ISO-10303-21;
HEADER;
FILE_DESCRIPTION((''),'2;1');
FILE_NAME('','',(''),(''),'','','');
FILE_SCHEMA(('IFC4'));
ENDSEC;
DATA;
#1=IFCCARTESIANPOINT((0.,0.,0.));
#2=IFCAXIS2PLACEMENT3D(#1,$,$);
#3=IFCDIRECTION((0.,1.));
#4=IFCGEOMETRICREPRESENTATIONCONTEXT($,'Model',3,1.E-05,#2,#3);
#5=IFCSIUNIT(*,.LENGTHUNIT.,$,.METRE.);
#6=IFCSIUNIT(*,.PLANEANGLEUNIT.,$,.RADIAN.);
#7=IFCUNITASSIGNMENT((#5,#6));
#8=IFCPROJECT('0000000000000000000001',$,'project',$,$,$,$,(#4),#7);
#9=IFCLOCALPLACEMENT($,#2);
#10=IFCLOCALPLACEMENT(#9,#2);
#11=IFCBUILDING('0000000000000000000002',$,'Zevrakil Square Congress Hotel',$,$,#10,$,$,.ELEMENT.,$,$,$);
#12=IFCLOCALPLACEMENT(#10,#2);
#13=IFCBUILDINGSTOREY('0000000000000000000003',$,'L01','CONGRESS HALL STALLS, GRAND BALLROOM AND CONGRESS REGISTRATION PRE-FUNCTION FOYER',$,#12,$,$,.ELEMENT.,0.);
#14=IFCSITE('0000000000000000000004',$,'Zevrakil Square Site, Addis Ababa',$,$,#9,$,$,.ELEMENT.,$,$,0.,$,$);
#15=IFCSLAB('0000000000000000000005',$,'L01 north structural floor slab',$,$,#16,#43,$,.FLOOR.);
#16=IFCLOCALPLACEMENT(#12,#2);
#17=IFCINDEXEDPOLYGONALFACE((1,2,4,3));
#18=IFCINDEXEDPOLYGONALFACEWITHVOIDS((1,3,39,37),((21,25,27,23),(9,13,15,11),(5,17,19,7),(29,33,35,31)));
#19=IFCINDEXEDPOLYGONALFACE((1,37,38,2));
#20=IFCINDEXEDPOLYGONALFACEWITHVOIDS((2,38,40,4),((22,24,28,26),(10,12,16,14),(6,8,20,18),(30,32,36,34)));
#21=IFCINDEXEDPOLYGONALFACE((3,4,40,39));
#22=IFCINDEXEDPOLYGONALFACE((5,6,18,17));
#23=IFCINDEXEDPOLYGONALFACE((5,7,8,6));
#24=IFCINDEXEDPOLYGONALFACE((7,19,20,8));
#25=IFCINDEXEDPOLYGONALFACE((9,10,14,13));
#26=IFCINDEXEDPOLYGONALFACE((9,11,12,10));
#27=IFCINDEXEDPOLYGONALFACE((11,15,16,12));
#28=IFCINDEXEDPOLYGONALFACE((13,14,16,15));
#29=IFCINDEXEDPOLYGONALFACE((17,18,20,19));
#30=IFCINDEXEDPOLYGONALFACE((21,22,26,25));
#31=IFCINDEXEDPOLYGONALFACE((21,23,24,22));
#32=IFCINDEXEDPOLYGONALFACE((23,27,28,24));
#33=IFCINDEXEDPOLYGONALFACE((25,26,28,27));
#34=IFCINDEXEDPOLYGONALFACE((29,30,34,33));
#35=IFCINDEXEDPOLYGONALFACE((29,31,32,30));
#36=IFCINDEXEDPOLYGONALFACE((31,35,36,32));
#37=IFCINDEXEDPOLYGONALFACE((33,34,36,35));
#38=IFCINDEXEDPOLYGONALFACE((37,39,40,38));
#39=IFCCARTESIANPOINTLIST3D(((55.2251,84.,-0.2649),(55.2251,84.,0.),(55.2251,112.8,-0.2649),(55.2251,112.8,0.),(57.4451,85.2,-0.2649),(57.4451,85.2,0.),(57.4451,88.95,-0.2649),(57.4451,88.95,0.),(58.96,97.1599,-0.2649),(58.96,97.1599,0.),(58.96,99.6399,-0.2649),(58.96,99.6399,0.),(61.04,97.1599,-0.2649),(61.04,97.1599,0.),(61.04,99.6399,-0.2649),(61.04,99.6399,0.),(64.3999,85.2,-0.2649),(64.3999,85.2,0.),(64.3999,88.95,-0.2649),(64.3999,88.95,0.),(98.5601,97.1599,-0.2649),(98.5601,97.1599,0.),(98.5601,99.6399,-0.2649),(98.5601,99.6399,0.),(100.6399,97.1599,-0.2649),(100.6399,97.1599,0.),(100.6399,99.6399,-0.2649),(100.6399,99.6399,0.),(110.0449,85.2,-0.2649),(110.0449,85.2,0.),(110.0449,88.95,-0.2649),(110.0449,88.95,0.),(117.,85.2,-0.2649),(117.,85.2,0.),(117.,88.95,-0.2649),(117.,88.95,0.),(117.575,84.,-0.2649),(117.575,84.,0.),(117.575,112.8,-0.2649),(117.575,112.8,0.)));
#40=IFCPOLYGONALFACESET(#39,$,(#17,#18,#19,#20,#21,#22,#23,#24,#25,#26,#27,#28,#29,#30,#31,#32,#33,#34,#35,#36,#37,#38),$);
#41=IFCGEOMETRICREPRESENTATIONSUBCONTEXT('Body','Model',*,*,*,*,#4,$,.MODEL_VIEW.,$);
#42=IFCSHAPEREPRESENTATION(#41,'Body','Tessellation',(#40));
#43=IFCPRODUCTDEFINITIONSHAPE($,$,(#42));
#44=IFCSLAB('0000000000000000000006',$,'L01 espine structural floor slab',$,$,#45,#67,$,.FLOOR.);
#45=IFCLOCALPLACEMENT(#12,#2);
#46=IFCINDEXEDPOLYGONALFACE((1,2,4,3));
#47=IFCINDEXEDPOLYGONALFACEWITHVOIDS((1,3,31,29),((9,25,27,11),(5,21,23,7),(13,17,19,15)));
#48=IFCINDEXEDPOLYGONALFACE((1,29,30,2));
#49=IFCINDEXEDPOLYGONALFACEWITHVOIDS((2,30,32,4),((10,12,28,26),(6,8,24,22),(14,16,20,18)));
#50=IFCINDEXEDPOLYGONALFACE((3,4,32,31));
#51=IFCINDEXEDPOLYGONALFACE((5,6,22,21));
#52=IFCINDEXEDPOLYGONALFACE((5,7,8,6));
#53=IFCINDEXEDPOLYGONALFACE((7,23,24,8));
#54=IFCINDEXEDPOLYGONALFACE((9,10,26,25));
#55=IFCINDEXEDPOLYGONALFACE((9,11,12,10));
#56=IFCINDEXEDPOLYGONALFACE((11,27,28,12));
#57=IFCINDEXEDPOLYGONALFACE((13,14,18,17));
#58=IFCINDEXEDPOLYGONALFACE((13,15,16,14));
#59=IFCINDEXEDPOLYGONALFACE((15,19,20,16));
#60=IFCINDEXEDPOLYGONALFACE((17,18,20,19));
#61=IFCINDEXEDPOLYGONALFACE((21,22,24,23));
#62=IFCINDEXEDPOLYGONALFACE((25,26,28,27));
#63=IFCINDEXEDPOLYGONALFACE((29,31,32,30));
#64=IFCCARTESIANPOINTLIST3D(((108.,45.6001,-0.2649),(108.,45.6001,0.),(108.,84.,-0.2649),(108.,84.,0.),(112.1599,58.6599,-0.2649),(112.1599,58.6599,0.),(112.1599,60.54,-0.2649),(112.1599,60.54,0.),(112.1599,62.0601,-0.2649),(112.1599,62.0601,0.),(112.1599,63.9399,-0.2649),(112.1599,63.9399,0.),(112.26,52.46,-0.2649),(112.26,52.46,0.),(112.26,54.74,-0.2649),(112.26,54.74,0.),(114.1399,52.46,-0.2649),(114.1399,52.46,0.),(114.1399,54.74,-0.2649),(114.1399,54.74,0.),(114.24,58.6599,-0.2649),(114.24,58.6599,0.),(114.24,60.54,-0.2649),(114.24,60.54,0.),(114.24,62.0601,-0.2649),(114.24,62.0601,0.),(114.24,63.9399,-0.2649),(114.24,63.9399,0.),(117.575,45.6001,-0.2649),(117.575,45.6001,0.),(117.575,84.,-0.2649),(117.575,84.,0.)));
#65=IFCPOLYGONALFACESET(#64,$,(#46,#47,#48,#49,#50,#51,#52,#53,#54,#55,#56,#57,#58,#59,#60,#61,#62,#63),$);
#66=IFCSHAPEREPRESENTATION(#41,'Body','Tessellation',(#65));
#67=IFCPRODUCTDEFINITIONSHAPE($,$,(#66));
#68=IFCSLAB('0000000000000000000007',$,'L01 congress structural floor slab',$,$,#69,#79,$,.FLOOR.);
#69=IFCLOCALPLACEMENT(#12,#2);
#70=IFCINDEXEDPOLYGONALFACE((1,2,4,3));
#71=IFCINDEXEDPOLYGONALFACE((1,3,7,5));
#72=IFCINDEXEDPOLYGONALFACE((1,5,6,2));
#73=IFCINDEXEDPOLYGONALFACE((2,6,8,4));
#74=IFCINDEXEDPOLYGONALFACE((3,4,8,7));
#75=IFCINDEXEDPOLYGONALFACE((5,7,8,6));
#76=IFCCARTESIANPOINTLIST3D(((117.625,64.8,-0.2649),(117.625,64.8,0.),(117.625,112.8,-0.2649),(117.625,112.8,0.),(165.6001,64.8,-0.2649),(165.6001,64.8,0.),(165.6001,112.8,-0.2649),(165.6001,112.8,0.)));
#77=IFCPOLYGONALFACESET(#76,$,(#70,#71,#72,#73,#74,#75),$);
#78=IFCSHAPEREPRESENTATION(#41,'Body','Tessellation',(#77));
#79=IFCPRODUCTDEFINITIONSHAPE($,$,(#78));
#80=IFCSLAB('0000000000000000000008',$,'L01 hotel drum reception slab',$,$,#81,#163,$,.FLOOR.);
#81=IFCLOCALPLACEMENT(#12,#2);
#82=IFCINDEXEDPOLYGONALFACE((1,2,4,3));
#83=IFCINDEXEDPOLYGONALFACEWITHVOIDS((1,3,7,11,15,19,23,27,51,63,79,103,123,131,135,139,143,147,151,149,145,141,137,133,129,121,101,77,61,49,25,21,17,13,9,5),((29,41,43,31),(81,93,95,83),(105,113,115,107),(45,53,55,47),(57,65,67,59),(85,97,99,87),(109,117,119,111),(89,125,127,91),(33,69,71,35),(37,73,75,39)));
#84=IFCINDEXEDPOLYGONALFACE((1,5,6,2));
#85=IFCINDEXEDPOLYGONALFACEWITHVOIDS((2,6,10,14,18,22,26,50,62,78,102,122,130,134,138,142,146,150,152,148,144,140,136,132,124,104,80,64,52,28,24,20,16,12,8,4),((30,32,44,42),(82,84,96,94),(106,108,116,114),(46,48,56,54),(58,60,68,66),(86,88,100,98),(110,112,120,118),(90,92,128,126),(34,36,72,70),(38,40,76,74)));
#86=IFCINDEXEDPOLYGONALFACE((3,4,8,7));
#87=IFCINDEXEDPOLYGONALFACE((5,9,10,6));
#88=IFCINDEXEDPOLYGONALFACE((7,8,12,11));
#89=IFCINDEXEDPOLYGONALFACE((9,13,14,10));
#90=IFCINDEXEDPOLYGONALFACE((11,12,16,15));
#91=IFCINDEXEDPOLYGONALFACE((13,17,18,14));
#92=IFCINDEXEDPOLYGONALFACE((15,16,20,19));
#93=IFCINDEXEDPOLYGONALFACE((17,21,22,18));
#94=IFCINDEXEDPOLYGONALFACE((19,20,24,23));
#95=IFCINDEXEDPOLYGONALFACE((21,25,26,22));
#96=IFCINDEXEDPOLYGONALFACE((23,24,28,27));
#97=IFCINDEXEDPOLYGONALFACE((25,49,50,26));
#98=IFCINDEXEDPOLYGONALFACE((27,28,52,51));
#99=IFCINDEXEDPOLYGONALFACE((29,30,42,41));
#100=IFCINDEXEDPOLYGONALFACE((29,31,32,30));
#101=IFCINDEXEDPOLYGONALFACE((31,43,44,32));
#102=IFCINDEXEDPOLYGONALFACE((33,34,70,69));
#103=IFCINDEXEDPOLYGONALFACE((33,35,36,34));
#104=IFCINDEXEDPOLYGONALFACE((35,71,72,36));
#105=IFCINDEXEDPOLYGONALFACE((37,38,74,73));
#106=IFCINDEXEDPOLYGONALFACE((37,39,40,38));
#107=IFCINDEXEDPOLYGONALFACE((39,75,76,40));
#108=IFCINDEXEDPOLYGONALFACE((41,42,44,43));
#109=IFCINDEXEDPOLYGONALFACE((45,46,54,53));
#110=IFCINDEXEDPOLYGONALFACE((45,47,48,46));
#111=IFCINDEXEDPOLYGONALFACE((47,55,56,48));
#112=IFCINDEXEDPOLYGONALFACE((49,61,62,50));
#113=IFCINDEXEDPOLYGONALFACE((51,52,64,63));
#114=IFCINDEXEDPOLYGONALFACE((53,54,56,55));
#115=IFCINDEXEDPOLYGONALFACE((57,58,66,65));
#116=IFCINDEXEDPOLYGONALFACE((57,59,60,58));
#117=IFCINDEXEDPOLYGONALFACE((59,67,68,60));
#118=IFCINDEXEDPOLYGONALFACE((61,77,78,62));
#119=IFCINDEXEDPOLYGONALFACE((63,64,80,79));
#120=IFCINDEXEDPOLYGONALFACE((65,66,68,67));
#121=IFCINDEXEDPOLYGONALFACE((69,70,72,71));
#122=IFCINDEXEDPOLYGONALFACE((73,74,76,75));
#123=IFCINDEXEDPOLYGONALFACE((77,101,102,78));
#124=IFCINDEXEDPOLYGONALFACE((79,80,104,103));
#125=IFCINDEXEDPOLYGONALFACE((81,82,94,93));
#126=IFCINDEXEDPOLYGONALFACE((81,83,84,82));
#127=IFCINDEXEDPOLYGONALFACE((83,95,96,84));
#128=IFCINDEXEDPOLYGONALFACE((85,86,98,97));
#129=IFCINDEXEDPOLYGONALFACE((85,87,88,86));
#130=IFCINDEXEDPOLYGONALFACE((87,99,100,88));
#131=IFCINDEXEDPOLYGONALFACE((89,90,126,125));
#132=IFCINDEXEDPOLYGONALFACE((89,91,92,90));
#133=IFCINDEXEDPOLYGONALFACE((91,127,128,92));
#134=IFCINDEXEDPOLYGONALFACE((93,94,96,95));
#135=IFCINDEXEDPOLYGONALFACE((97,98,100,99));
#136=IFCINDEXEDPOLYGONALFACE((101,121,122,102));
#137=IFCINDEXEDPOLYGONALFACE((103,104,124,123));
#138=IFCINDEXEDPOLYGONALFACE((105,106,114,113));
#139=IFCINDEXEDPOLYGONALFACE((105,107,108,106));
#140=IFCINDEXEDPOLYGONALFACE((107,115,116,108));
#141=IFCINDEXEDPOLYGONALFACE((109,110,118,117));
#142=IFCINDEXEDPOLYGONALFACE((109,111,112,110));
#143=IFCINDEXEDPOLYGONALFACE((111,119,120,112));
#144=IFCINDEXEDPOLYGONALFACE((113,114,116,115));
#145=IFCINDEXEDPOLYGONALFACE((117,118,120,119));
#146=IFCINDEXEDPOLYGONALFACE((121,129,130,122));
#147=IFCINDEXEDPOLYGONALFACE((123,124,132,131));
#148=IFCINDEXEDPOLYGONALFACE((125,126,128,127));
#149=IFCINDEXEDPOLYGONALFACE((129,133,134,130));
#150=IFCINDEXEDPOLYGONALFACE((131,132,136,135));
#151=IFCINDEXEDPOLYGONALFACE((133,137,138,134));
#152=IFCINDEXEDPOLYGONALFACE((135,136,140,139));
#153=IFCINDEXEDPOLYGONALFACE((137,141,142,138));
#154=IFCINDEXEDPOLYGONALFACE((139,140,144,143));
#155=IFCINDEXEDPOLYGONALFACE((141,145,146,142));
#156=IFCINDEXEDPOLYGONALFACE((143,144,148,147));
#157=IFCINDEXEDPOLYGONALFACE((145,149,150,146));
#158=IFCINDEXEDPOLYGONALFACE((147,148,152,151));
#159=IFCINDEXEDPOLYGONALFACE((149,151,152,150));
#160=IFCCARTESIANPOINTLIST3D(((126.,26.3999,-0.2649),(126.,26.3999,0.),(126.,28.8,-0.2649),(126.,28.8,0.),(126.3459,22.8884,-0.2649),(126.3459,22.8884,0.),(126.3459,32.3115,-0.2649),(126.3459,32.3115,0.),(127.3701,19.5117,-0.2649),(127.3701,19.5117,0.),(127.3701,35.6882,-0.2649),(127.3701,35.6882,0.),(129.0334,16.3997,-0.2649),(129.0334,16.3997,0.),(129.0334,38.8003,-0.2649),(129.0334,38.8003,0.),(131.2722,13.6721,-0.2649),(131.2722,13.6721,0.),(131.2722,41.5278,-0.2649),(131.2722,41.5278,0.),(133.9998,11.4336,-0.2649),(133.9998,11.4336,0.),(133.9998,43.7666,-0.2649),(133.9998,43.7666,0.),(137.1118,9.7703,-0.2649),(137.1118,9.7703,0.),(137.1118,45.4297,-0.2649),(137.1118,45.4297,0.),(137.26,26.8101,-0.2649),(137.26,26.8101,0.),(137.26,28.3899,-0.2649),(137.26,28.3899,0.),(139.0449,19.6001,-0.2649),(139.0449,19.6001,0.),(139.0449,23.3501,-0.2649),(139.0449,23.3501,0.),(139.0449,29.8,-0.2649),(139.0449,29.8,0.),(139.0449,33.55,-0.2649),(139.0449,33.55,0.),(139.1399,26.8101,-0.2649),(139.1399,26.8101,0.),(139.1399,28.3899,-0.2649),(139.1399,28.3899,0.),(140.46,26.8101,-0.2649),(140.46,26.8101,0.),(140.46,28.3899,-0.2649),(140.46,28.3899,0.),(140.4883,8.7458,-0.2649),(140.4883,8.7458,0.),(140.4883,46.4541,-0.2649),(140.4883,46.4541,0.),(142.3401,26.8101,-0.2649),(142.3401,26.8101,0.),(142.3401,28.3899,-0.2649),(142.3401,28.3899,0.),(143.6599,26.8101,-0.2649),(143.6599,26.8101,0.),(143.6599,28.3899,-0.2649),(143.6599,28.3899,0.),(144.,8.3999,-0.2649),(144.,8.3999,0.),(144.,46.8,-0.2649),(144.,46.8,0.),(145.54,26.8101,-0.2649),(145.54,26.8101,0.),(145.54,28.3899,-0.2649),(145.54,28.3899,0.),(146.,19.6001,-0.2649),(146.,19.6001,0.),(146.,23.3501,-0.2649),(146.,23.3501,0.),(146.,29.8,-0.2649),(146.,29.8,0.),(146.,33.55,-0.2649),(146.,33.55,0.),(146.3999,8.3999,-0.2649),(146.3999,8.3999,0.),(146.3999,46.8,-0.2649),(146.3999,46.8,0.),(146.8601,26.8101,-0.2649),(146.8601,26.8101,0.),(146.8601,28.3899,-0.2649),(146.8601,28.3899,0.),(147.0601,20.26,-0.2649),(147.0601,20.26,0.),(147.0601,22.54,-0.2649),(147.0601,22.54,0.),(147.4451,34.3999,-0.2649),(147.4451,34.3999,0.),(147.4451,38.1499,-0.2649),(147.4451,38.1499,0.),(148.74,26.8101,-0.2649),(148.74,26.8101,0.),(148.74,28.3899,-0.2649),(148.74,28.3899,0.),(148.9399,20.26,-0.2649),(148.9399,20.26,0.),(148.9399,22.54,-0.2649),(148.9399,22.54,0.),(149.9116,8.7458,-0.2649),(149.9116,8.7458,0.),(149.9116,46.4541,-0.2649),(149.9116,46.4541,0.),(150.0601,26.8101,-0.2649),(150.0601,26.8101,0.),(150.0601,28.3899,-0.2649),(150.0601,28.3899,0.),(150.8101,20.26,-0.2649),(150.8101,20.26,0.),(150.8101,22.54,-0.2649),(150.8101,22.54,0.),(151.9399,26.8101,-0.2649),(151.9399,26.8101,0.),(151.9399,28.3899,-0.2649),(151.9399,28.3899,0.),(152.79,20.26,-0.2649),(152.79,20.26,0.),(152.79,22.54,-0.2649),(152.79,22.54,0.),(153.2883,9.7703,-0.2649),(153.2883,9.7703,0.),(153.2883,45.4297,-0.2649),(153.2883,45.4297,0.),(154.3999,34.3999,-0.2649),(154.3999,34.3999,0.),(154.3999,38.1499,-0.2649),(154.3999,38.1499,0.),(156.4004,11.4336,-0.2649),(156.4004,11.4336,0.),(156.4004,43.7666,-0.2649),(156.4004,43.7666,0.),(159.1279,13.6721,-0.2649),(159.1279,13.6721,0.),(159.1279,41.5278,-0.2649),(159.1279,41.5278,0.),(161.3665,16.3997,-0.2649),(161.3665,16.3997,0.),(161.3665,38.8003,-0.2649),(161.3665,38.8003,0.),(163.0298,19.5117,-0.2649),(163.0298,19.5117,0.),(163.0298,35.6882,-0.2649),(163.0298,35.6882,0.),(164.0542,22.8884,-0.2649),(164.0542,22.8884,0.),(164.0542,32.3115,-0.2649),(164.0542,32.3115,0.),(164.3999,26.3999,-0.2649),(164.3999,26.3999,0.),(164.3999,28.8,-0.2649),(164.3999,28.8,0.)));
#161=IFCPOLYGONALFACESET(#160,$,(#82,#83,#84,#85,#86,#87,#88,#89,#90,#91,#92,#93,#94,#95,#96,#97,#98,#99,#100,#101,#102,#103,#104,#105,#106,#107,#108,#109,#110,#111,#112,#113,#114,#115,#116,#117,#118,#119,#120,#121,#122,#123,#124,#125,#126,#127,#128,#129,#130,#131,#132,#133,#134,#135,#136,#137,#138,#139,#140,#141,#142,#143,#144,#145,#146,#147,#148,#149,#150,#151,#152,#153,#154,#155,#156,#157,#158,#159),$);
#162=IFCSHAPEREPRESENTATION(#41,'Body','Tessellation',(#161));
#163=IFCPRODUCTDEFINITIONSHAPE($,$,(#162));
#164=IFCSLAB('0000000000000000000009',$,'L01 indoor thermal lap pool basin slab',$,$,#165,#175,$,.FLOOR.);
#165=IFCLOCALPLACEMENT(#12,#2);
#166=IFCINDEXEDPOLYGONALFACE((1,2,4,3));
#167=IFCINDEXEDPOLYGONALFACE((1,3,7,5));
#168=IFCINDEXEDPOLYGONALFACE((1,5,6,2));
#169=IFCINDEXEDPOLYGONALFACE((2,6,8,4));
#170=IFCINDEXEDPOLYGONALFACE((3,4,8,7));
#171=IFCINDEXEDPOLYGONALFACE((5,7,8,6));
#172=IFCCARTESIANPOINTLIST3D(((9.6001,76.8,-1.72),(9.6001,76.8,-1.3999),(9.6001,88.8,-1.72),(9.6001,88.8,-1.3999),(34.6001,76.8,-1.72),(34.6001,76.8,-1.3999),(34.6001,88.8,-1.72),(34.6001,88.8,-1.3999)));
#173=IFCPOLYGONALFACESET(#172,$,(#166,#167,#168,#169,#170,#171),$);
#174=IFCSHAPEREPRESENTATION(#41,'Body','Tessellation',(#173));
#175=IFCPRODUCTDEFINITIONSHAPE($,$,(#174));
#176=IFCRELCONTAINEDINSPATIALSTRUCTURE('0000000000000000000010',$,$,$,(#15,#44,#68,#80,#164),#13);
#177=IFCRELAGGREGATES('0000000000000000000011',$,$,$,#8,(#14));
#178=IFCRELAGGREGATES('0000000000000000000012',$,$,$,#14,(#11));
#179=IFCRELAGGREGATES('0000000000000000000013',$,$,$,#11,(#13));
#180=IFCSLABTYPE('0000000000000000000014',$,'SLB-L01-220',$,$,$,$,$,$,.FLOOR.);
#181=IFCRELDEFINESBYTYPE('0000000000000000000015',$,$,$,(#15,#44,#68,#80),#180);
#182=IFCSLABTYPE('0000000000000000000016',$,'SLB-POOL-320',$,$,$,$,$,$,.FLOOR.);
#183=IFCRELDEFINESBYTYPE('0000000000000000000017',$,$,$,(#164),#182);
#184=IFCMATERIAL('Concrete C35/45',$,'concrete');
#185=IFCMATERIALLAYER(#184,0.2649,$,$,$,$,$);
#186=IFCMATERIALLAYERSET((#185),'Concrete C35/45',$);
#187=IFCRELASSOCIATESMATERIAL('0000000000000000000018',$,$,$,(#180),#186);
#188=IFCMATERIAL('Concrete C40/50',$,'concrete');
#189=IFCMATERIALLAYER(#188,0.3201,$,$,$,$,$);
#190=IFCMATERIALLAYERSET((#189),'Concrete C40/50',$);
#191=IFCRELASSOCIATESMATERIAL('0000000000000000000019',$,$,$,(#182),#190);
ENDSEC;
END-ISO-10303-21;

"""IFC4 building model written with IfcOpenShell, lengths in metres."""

from ifc_helpers import new_model, si_unit, direction, frame, origin, place, context, subcontext, project, spatial, polyline, outline, extrude, material, layer, layer_set, type_object, element, save


model = new_model("IFC4")

# Units and contexts
model_context = context("Model", 3, precision=1e-05, world=origin(), true_north=direction((0.0, 1.0)))
body_context = subcontext(model_context, "Body", "Model", "MODEL_VIEW")
ifc_project = project(units=[si_unit("LENGTHUNIT", "METRE"), si_unit("PLANEANGLEUNIT", "RADIAN")], contexts=[model_context])

# Site, building, storey
site_placement = place(None, origin())
site = spatial("IfcSite", under=ifc_project, at=site_placement, Name="Zevrakil Square Site, Addis Ababa", CompositionType="ELEMENT", RefElevation=0.0)
building_placement = place(site_placement, origin())
building = spatial("IfcBuilding", under=site, at=building_placement, Name="Zevrakil Square Congress Hotel", CompositionType="ELEMENT")
storey_placement = place(building_placement, origin())
storey = spatial("IfcBuildingStorey", under=building, at=storey_placement, Name="L01", Description="CONGRESS HALL STALLS, GRAND BALLROOM AND CONGRESS REGISTRATION PRE-FUNCTION FOYER", CompositionType="ELEMENT", Elevation=0.0)

# Slabs
ifc_material_1 = material(Name="Concrete C35/45", Category="concrete")
ifc_layer_1 = layer(ifc_material_1, 0.2649)
ifc_layer_set_1 = layer_set([ifc_layer_1], Name="Concrete C35/45")
slab_type_1 = type_object("IfcSlabType", Name="SLB-L01-220", PredefinedType="FLOOR", material=ifc_layer_set_1)
slab_1_placement = place(storey_placement, frame((0.0, 0.0, -0.2649)))
element("IfcSlab", 1, at=slab_1_placement, inside=storey, type_object=slab_type_1, Name="L01 north structural floor slab", PredefinedType="FLOOR", context=body_context, shape_type="SweptSolid", body=[
    extrude(outline(polyline([(55.2251, 84.0), (55.2251, 112.8), (117.575, 112.8), (117.575, 84.0), (55.2251, 84.0)]), holes=[polyline([(57.4451, 85.2), (64.3999, 85.2), (64.3999, 88.95), (57.4451, 88.95), (57.4451, 85.2)]), polyline([(110.0449, 85.2), (117.0, 85.2), (117.0, 88.95), (110.0449, 88.95), (110.0449, 85.2)]), polyline([(58.96, 97.1599), (61.04, 97.1599), (61.04, 99.6399), (58.96, 99.6399), (58.96, 97.1599)]), polyline([(98.5601, 97.1599), (100.6399, 97.1599), (100.6399, 99.6399), (98.5601, 99.6399), (98.5601, 97.1599)])]), origin(), (0.0, 0.0, 1.0), 0.2649),
])
slab_2_placement = place(storey_placement, frame((0.0, 0.0, -0.2649)))
element("IfcSlab", 2, at=slab_2_placement, inside=storey, type_object=slab_type_1, Name="L01 espine structural floor slab", PredefinedType="FLOOR", context=body_context, shape_type="SweptSolid", body=[
    extrude(outline(polyline([(108.0, 45.6001), (108.0, 84.0), (117.575, 84.0), (117.575, 45.6001), (108.0, 45.6001)]), holes=[polyline([(112.26, 52.46), (114.1399, 52.46), (114.1399, 54.74), (112.26, 54.74), (112.26, 52.46)]), polyline([(112.1599, 58.6599), (114.24, 58.6599), (114.24, 60.54), (112.1599, 60.54), (112.1599, 58.6599)]), polyline([(112.1599, 62.0601), (114.24, 62.0601), (114.24, 63.9399), (112.1599, 63.9399), (112.1599, 62.0601)])]), origin(), (0.0, 0.0, 1.0), 0.2649),
])
slab_3_placement = place(storey_placement, frame((0.0, 0.0, -0.2649)))
element("IfcSlab", 3, at=slab_3_placement, inside=storey, type_object=slab_type_1, Name="L01 congress structural floor slab", PredefinedType="FLOOR", context=body_context, shape_type="SweptSolid", body=[
    extrude(outline(polyline([(165.6001, 112.8), (165.6001, 64.8), (117.625, 64.8), (117.625, 112.8), (165.6001, 112.8)])), origin(), (0.0, 0.0, 1.0), 0.2649),
])
slab_4_placement = place(storey_placement, frame((0.0, 0.0, -0.2649)))
element("IfcSlab", 4, at=slab_4_placement, inside=storey, type_object=slab_type_1, Name="L01 hotel drum reception slab", PredefinedType="FLOOR", context=body_context, shape_type="SweptSolid", body=[
    extrude(outline(polyline([(146.3999, 8.3999), (149.9116, 8.7458), (153.2883, 9.7703), (156.4004, 11.4336), (159.1279, 13.6721), (161.3665, 16.3997), (163.0298, 19.5117), (164.0542, 22.8884), (164.3999, 26.3999), (164.3999, 28.8), (164.0542, 32.3115), (163.0298, 35.6882), (161.3665, 38.8003), (159.1279, 41.5278), (156.4004, 43.7666), (153.2883, 45.4297), (149.9116, 46.4541), (146.3999, 46.8), (144.0, 46.8), (140.4883, 46.4541), (137.1118, 45.4297), (133.9998, 43.7666), (131.2722, 41.5278), (129.0334, 38.8003), (127.3701, 35.6882), (126.3459, 32.3115), (126.0, 28.8), (126.0, 26.3999), (126.3459, 22.8884), (127.3701, 19.5117), (129.0334, 16.3997), (131.2722, 13.6721), (133.9998, 11.4336), (137.1118, 9.7703), (140.4883, 8.7458), (144.0, 8.3999), (146.3999, 8.3999)]), holes=[polyline([(139.0449, 19.6001), (146.0, 19.6001), (146.0, 23.3501), (139.0449, 23.3501), (139.0449, 19.6001)]), polyline([(139.0449, 29.8), (146.0, 29.8), (146.0, 33.55), (139.0449, 33.55), (139.0449, 29.8)]), polyline([(147.4451, 34.3999), (154.3999, 34.3999), (154.3999, 38.1499), (147.4451, 38.1499), (147.4451, 34.3999)]), polyline([(137.26, 26.8101), (139.1399, 26.8101), (139.1399, 28.3899), (137.26, 28.3899), (137.26, 26.8101)]), polyline([(140.46, 26.8101), (142.3401, 26.8101), (142.3401, 28.3899), (140.46, 28.3899), (140.46, 26.8101)]), polyline([(143.6599, 26.8101), (145.54, 26.8101), (145.54, 28.3899), (143.6599, 28.3899), (143.6599, 26.8101)]), polyline([(146.8601, 26.8101), (148.74, 26.8101), (148.74, 28.3899), (146.8601, 28.3899), (146.8601, 26.8101)]), polyline([(150.0601, 26.8101), (151.9399, 26.8101), (151.9399, 28.3899), (150.0601, 28.3899), (150.0601, 26.8101)]), polyline([(147.0601, 20.26), (148.9399, 20.26), (148.9399, 22.54), (147.0601, 22.54), (147.0601, 20.26)]), polyline([(150.8101, 20.26), (152.79, 20.26), (152.79, 22.54), (150.8101, 22.54), (150.8101, 20.26)])]), origin(), (0.0, 0.0, 1.0), 0.2649),
])
ifc_material_2 = material(Name="Concrete C40/50", Category="concrete")
ifc_layer_2 = layer(ifc_material_2, 0.3201)
ifc_layer_set_2 = layer_set([ifc_layer_2], Name="Concrete C40/50")
slab_type_2 = type_object("IfcSlabType", Name="SLB-POOL-320", PredefinedType="FLOOR", material=ifc_layer_set_2)
slab_5_placement = place(storey_placement, frame((0.0, 0.0, -1.72)))
element("IfcSlab", 5, at=slab_5_placement, inside=storey, type_object=slab_type_2, Name="L01 indoor thermal lap pool basin slab", PredefinedType="FLOOR", context=body_context, shape_type="SweptSolid", body=[
    extrude(outline(polyline([(9.6001, 76.8), (34.6001, 76.8), (34.6001, 88.8), (9.6001, 88.8), (9.6001, 76.8)])), origin(), (0.0, 0.0, 1.0), 0.3201),
])

save(model, "model.ifc")
